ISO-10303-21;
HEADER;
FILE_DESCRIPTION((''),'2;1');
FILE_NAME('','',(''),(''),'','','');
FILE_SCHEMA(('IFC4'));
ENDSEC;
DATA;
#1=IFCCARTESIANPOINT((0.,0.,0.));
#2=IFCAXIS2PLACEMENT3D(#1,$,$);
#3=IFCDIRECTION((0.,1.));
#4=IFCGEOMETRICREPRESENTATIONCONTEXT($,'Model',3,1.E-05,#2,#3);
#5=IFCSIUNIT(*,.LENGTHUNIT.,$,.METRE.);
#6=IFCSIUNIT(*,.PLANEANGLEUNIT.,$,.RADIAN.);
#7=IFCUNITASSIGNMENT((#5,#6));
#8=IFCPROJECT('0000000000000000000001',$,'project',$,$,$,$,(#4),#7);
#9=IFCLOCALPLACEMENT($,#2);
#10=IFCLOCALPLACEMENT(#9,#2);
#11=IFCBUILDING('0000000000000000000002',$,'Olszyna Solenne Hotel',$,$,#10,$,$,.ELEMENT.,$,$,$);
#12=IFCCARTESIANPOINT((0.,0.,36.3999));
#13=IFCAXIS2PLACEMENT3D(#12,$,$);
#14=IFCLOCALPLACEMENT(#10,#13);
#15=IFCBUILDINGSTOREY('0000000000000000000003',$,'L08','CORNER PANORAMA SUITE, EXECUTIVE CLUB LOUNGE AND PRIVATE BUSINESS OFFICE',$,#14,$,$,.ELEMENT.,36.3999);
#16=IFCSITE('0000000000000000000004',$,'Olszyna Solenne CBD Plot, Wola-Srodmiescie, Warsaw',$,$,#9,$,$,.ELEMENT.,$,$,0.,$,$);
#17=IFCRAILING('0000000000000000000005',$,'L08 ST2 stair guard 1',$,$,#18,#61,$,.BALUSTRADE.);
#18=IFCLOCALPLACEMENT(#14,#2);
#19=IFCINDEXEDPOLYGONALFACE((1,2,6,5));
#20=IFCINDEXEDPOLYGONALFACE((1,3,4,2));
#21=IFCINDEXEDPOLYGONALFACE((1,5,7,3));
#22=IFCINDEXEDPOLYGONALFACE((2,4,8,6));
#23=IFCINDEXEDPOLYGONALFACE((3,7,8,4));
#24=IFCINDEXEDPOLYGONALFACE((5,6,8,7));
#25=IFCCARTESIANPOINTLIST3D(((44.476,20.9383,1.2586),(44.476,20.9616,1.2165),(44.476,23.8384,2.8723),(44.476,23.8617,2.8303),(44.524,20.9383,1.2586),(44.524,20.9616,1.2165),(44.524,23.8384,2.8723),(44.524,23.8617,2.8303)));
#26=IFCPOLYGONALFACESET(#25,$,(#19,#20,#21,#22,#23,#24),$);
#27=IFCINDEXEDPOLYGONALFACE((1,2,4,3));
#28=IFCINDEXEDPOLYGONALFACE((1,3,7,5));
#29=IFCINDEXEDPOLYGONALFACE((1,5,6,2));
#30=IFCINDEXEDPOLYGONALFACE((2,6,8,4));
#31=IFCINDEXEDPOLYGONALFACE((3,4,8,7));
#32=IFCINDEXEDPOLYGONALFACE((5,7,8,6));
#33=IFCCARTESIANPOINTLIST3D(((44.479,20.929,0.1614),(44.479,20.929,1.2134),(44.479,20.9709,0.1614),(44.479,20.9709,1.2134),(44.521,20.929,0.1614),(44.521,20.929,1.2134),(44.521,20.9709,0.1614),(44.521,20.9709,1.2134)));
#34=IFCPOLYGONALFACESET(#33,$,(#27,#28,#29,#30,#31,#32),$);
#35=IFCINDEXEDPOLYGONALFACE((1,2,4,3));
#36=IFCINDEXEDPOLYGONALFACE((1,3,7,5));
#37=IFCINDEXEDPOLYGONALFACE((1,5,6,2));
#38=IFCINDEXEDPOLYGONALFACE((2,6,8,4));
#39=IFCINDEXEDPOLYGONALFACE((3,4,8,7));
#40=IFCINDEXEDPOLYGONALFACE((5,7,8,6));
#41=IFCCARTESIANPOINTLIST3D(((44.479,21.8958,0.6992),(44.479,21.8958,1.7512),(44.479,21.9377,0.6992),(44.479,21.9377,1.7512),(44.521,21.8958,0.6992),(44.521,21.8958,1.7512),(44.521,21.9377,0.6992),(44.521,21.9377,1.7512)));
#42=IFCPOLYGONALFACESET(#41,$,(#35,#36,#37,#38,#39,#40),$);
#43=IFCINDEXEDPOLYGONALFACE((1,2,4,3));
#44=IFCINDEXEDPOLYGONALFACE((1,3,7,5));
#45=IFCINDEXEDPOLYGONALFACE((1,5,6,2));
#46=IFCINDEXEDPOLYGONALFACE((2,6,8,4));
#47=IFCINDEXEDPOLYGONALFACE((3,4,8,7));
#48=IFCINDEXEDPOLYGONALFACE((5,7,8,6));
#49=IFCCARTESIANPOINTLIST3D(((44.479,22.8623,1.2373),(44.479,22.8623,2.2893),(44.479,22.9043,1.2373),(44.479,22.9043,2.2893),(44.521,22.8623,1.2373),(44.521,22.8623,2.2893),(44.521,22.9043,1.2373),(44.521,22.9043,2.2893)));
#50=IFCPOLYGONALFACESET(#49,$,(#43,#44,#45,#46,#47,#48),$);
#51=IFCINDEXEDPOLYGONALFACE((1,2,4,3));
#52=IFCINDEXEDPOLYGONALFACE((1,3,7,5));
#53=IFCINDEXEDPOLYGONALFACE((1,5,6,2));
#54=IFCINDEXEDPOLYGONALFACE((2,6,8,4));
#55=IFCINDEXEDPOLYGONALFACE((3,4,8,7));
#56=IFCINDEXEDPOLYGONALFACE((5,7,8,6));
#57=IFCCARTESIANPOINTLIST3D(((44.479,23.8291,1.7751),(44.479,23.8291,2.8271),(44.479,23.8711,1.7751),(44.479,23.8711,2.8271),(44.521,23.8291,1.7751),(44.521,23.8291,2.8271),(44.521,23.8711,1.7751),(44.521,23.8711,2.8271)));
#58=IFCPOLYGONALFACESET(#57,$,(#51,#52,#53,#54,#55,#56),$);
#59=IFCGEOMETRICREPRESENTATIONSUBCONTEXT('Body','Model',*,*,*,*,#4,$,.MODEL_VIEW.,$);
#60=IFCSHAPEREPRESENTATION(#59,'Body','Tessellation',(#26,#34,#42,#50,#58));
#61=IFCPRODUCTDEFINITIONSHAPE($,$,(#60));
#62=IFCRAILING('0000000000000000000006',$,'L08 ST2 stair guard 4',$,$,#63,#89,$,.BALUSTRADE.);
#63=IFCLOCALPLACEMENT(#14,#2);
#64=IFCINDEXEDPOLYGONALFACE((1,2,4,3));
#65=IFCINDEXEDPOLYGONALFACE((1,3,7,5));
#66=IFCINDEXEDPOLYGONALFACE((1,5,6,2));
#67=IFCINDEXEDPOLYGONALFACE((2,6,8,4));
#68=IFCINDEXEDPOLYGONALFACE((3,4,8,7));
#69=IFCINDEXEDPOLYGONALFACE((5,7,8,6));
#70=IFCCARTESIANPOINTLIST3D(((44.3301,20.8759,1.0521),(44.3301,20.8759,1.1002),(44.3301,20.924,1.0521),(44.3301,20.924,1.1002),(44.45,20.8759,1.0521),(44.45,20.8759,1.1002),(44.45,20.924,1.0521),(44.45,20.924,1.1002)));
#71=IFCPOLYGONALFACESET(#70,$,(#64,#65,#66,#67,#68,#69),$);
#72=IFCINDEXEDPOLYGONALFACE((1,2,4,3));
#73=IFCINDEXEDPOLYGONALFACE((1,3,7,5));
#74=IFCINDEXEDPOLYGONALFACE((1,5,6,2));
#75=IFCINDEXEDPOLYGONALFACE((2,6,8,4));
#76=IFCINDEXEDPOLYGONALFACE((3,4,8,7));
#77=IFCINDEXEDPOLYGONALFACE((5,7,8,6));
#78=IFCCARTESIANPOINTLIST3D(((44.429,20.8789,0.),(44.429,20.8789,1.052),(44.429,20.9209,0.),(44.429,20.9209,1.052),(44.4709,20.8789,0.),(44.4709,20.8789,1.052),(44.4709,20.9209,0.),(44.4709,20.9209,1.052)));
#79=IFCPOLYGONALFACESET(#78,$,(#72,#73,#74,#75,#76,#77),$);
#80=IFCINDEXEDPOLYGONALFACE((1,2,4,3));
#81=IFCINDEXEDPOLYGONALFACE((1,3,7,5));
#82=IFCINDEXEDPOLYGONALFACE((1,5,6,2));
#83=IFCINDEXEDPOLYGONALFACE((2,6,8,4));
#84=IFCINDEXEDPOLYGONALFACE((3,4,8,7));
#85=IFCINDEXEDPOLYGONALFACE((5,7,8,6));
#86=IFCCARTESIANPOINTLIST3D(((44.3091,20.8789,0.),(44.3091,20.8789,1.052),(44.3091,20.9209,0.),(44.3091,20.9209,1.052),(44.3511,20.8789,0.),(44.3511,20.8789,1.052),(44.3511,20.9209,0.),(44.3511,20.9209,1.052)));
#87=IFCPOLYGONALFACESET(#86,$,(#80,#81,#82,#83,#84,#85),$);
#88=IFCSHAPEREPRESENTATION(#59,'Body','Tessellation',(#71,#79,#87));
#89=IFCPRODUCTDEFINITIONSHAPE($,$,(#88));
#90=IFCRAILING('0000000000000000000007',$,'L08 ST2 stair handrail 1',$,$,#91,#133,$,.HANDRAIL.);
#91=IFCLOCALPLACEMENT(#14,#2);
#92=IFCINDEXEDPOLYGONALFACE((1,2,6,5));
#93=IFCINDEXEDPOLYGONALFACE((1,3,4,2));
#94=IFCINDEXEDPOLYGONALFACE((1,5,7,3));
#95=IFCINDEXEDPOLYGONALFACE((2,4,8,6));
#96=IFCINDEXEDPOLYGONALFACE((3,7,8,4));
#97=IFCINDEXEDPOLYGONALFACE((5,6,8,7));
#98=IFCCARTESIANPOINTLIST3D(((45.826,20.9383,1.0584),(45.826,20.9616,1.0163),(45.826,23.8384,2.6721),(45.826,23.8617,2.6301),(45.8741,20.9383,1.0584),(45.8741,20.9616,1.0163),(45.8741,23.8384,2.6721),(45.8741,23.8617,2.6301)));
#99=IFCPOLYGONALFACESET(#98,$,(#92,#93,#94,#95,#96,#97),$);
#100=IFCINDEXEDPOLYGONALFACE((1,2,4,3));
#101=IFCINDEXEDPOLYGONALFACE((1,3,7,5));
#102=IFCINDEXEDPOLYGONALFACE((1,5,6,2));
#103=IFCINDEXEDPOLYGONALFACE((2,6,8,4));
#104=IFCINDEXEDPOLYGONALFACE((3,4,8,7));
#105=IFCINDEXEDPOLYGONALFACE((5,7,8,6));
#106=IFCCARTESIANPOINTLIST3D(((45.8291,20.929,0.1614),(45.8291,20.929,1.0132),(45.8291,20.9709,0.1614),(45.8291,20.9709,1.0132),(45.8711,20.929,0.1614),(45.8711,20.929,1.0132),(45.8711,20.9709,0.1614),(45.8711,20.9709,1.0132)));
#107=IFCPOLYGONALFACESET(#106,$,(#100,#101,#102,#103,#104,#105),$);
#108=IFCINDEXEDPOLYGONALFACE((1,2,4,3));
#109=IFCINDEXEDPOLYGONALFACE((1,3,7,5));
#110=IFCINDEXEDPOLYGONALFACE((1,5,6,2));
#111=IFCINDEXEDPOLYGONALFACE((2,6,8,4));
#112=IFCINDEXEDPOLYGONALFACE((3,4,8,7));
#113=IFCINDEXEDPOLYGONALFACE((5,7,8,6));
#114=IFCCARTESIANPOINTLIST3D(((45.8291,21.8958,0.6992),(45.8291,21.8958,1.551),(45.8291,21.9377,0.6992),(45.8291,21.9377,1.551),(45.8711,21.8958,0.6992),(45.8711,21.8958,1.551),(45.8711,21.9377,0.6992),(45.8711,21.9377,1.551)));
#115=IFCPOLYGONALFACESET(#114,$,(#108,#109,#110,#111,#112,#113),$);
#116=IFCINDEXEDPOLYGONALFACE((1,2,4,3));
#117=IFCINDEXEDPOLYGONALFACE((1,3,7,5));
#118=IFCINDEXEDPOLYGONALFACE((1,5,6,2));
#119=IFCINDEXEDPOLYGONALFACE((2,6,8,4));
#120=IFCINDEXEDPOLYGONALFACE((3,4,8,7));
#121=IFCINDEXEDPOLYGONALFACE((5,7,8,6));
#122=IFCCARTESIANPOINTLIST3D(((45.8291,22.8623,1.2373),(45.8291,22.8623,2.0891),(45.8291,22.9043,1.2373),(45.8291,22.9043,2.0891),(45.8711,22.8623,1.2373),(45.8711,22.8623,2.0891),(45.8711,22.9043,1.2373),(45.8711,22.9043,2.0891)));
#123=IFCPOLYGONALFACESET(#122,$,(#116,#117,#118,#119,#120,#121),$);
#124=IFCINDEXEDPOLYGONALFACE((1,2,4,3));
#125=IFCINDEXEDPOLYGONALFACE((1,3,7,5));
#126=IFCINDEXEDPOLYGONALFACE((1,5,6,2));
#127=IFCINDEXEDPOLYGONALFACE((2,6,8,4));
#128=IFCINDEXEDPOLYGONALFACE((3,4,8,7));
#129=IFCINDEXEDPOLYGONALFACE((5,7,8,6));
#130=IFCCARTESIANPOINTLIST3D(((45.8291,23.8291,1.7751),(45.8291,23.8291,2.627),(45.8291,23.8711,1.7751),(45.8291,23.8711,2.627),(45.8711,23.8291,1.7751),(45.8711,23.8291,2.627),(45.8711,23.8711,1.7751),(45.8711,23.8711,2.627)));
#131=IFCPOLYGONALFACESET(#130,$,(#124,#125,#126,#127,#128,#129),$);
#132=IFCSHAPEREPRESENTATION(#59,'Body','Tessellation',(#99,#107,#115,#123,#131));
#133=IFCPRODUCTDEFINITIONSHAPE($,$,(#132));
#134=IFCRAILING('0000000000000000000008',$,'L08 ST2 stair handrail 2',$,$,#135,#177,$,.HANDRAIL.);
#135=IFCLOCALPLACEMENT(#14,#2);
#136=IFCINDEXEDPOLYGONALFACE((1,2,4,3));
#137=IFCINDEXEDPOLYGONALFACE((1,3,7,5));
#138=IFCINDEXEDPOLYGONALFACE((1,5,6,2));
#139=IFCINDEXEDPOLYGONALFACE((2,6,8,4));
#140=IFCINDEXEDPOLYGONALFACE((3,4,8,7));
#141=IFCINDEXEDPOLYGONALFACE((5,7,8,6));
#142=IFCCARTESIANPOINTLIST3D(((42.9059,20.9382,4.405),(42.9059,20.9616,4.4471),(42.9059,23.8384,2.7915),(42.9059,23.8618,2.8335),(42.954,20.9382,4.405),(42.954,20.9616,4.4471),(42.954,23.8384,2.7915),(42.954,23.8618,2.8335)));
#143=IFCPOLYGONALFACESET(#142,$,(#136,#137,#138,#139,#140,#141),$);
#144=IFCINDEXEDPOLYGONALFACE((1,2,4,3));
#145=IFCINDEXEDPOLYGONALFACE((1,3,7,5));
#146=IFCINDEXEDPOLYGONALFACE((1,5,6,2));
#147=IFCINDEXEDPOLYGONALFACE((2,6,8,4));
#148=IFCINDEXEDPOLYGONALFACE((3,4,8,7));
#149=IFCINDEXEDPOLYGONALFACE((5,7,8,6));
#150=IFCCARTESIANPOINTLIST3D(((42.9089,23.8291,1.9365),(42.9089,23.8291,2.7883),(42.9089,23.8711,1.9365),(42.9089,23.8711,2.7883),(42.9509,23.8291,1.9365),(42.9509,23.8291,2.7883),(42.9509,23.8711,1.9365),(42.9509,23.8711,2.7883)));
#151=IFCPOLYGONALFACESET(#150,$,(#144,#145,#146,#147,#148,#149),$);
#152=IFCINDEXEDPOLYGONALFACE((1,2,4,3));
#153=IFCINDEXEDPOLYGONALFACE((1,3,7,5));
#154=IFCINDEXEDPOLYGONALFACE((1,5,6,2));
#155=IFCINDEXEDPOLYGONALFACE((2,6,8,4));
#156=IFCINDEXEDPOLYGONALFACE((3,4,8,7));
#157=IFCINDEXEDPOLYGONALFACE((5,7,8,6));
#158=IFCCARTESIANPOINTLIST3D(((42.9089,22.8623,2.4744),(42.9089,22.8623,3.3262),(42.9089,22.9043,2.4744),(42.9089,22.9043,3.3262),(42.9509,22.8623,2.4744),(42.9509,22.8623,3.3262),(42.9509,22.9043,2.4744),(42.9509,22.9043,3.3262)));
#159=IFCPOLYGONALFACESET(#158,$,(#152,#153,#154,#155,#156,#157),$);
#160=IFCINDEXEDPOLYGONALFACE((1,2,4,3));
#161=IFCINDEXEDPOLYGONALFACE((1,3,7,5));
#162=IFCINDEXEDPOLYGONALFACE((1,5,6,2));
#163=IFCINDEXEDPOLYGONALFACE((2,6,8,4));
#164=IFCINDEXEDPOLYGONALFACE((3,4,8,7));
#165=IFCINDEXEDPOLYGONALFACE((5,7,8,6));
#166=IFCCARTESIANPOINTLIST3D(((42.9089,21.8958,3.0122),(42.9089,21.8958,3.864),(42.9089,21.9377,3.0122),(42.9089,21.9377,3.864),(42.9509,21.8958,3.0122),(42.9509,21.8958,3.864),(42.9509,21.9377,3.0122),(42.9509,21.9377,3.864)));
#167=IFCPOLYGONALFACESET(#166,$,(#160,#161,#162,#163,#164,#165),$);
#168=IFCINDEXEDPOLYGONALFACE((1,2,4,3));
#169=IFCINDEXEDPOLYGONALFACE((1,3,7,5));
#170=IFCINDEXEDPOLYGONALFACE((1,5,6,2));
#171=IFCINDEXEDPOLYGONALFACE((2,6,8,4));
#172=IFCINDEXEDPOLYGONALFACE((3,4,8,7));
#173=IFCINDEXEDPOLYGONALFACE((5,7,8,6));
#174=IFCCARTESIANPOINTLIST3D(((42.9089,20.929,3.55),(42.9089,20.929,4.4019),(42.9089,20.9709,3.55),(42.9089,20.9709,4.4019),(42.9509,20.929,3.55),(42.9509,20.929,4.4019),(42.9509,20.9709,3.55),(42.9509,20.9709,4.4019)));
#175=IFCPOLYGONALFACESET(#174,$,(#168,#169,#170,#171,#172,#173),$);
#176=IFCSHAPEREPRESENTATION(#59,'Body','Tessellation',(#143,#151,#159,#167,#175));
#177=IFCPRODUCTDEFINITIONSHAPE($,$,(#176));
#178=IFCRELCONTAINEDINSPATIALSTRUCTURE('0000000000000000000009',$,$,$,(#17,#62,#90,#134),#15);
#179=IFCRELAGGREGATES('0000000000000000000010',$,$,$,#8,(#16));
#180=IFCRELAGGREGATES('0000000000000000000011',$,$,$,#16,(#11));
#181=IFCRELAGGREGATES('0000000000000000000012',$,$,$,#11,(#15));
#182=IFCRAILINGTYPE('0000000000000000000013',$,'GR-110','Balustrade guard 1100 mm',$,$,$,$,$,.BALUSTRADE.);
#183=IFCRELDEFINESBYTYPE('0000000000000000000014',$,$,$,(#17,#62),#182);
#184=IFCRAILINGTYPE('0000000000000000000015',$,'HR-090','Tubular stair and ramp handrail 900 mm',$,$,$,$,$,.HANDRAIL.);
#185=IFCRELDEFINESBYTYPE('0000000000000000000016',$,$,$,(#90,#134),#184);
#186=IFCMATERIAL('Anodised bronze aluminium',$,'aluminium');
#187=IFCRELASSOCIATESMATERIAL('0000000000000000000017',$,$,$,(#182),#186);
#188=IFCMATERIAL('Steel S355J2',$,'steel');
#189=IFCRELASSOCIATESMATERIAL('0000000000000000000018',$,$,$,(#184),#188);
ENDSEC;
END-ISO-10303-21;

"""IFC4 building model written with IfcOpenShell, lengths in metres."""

from ifc_helpers import new_model, si_unit, direction, frame, origin, origin_2d, place, context, subcontext, project, spatial, rectangle, extrude, material, type_object, element, save


model = new_model("IFC4")

# Units and contexts
model_context = context("Model", 3, precision=1e-05, world=origin(), true_north=direction((0.0, 1.0)))
body_context = subcontext(model_context, "Body", "Model", "MODEL_VIEW")
ifc_project = project(units=[si_unit("LENGTHUNIT", "METRE"), si_unit("PLANEANGLEUNIT", "RADIAN")], contexts=[model_context])

# Site, building, storey
site_placement = place(None, origin())
site = spatial("IfcSite", under=ifc_project, at=site_placement, Name="Olszyna Solenne CBD Plot, Wola-Srodmiescie, Warsaw", CompositionType="ELEMENT", RefElevation=0.0)
building_placement = place(site_placement, origin())
building = spatial("IfcBuilding", under=site, at=building_placement, Name="Olszyna Solenne Hotel", CompositionType="ELEMENT")
storey_placement = place(building_placement, frame((0.0, 0.0, 36.3999)))
storey = spatial("IfcBuildingStorey", under=building, at=storey_placement, Name="L08", Description="CORNER PANORAMA SUITE, EXECUTIVE CLUB LOUNGE AND PRIVATE BUSINESS OFFICE", CompositionType="ELEMENT", Elevation=36.3999)

# Shared definitions
ifc_material_1 = material(Name="Steel S355J2", Category="steel")

# Shared definitions
ifc_material_2 = material(Name="Anodised bronze aluminium", Category="aluminium")

# Railings
railing_type_1 = type_object("IfcRailingType", Name="GR-110", Description="Balustrade guard 1100 mm", PredefinedType="BALUSTRADE", material=ifc_material_2)
railing_1_placement = place(storey_placement, frame((44.5, 20.95, 0.1614)))
element("IfcRailing", 1, at=railing_1_placement, inside=storey, type_object=railing_type_1, Name="L08 ST2 stair guard 1", PredefinedType="BALUSTRADE", context=body_context, shape_type="SweptSolid", body=[
    extrude(rectangle(XDim=0.0481, YDim=0.0481, at=origin_2d()), frame((0.0, 0.0, 1.0762), z_axis=(0.0, 0.873827, 0.486236), x_axis=(-1.0, 0.0, 0.0)), (0.0, 0.0, 1.0), 3.3188),
    extrude(rectangle(XDim=0.042, YDim=0.042, at=origin_2d()), origin(), (0.0, 0.0, 1.0), 1.052),
    extrude(rectangle(XDim=0.042, YDim=0.042, at=origin_2d()), frame((0.0, 0.9668, 0.5378)), (0.0, 0.0, 1.0), 1.052),
    extrude(rectangle(XDim=0.042, YDim=0.042, at=origin_2d()), frame((0.0, 1.9333, 1.0759)), (0.0, 0.0, 1.0), 1.052),
    extrude(rectangle(XDim=0.042, YDim=0.042, at=origin_2d()), frame((0.0, 2.9001, 1.6138)), (0.0, 0.0, 1.0), 1.052),
])
railing_2_placement = place(storey_placement, frame((44.45, 20.8999, 0.0)))
element("IfcRailing", 2, at=railing_2_placement, inside=storey, type_object=railing_type_1, Name="L08 ST2 stair guard 4", PredefinedType="BALUSTRADE", context=body_context, shape_type="SweptSolid", body=[
    extrude(rectangle(XDim=0.0481, YDim=0.0481, at=origin_2d()), frame((0.0, 0.0, 1.0762), z_axis=(-1.0, 0.0, 0.0), x_axis=(0.0, -1.0, 0.0)), (0.0, 0.0, 1.0), 0.1199),
    extrude(rectangle(XDim=0.042, YDim=0.042, at=origin_2d()), origin(), (0.0, 0.0, 1.0), 1.052),
    extrude(rectangle(XDim=0.042, YDim=0.042, at=origin_2d()), frame((-0.1199, 0.0, 0.0)), (0.0, 0.0, 1.0), 1.052),
])
railing_type_2 = type_object("IfcRailingType", Name="HR-090", Description="Tubular stair and ramp handrail 900 mm", PredefinedType="HANDRAIL", material=ifc_material_1)
railing_3_placement = place(storey_placement, frame((45.8501, 20.95, 0.1614)))
element("IfcRailing", 3, at=railing_3_placement, inside=storey, type_object=railing_type_2, Name="L08 ST2 stair handrail 1", PredefinedType="HANDRAIL", context=body_context, shape_type="SweptSolid", body=[
    extrude(rectangle(XDim=0.0481, YDim=0.0481, at=origin_2d()), frame((0.0, 0.0, 0.876), z_axis=(0.0, 0.873827, 0.486236), x_axis=(-1.0, 0.0, 0.0)), (0.0, 0.0, 1.0), 3.3188),
    extrude(rectangle(XDim=0.042, YDim=0.042, at=origin_2d()), origin(), (0.0, 0.0, 1.0), 0.8518),
    extrude(rectangle(XDim=0.042, YDim=0.042, at=origin_2d()), frame((0.0, 0.9668, 0.5378)), (0.0, 0.0, 1.0), 0.8518),
    extrude(rectangle(XDim=0.042, YDim=0.042, at=origin_2d()), frame((0.0, 1.9333, 1.0759)), (0.0, 0.0, 1.0), 0.8518),
    extrude(rectangle(XDim=0.042, YDim=0.042, at=origin_2d()), frame((0.0, 2.9001, 1.6138)), (0.0, 0.0, 1.0), 0.8518),
])
railing_4_placement = place(storey_placement, frame((42.9299, 23.8501, 1.9365)))
element("IfcRailing", 4, at=railing_4_placement, inside=storey, type_object=railing_type_2, Name="L08 ST2 stair handrail 2", PredefinedType="HANDRAIL", context=body_context, shape_type="SweptSolid", body=[
    extrude(rectangle(XDim=0.0481, YDim=0.0481, at=origin_2d()), frame((0.0, 0.0, 0.876), z_axis=(0.0, -0.873859, 0.48618), x_axis=(1.0, 0.0, 0.0)), (0.0, 0.0, 1.0), 3.3188),
    extrude(rectangle(XDim=0.042, YDim=0.042, at=origin_2d()), origin(), (0.0, 0.0, 1.0), 0.8518),
    extrude(rectangle(XDim=0.042, YDim=0.042, at=origin_2d()), frame((0.0, -0.9668, 0.5378)), (0.0, 0.0, 1.0), 0.8518),
    extrude(rectangle(XDim=0.042, YDim=0.042, at=origin_2d()), frame((0.0, -1.9333, 1.0757)), (0.0, 0.0, 1.0), 0.8518),
    extrude(rectangle(XDim=0.042, YDim=0.042, at=origin_2d()), frame((0.0, -2.9001, 1.6135)), (0.0, 0.0, 1.0), 0.8518),
])

save(model, "model.ifc")
